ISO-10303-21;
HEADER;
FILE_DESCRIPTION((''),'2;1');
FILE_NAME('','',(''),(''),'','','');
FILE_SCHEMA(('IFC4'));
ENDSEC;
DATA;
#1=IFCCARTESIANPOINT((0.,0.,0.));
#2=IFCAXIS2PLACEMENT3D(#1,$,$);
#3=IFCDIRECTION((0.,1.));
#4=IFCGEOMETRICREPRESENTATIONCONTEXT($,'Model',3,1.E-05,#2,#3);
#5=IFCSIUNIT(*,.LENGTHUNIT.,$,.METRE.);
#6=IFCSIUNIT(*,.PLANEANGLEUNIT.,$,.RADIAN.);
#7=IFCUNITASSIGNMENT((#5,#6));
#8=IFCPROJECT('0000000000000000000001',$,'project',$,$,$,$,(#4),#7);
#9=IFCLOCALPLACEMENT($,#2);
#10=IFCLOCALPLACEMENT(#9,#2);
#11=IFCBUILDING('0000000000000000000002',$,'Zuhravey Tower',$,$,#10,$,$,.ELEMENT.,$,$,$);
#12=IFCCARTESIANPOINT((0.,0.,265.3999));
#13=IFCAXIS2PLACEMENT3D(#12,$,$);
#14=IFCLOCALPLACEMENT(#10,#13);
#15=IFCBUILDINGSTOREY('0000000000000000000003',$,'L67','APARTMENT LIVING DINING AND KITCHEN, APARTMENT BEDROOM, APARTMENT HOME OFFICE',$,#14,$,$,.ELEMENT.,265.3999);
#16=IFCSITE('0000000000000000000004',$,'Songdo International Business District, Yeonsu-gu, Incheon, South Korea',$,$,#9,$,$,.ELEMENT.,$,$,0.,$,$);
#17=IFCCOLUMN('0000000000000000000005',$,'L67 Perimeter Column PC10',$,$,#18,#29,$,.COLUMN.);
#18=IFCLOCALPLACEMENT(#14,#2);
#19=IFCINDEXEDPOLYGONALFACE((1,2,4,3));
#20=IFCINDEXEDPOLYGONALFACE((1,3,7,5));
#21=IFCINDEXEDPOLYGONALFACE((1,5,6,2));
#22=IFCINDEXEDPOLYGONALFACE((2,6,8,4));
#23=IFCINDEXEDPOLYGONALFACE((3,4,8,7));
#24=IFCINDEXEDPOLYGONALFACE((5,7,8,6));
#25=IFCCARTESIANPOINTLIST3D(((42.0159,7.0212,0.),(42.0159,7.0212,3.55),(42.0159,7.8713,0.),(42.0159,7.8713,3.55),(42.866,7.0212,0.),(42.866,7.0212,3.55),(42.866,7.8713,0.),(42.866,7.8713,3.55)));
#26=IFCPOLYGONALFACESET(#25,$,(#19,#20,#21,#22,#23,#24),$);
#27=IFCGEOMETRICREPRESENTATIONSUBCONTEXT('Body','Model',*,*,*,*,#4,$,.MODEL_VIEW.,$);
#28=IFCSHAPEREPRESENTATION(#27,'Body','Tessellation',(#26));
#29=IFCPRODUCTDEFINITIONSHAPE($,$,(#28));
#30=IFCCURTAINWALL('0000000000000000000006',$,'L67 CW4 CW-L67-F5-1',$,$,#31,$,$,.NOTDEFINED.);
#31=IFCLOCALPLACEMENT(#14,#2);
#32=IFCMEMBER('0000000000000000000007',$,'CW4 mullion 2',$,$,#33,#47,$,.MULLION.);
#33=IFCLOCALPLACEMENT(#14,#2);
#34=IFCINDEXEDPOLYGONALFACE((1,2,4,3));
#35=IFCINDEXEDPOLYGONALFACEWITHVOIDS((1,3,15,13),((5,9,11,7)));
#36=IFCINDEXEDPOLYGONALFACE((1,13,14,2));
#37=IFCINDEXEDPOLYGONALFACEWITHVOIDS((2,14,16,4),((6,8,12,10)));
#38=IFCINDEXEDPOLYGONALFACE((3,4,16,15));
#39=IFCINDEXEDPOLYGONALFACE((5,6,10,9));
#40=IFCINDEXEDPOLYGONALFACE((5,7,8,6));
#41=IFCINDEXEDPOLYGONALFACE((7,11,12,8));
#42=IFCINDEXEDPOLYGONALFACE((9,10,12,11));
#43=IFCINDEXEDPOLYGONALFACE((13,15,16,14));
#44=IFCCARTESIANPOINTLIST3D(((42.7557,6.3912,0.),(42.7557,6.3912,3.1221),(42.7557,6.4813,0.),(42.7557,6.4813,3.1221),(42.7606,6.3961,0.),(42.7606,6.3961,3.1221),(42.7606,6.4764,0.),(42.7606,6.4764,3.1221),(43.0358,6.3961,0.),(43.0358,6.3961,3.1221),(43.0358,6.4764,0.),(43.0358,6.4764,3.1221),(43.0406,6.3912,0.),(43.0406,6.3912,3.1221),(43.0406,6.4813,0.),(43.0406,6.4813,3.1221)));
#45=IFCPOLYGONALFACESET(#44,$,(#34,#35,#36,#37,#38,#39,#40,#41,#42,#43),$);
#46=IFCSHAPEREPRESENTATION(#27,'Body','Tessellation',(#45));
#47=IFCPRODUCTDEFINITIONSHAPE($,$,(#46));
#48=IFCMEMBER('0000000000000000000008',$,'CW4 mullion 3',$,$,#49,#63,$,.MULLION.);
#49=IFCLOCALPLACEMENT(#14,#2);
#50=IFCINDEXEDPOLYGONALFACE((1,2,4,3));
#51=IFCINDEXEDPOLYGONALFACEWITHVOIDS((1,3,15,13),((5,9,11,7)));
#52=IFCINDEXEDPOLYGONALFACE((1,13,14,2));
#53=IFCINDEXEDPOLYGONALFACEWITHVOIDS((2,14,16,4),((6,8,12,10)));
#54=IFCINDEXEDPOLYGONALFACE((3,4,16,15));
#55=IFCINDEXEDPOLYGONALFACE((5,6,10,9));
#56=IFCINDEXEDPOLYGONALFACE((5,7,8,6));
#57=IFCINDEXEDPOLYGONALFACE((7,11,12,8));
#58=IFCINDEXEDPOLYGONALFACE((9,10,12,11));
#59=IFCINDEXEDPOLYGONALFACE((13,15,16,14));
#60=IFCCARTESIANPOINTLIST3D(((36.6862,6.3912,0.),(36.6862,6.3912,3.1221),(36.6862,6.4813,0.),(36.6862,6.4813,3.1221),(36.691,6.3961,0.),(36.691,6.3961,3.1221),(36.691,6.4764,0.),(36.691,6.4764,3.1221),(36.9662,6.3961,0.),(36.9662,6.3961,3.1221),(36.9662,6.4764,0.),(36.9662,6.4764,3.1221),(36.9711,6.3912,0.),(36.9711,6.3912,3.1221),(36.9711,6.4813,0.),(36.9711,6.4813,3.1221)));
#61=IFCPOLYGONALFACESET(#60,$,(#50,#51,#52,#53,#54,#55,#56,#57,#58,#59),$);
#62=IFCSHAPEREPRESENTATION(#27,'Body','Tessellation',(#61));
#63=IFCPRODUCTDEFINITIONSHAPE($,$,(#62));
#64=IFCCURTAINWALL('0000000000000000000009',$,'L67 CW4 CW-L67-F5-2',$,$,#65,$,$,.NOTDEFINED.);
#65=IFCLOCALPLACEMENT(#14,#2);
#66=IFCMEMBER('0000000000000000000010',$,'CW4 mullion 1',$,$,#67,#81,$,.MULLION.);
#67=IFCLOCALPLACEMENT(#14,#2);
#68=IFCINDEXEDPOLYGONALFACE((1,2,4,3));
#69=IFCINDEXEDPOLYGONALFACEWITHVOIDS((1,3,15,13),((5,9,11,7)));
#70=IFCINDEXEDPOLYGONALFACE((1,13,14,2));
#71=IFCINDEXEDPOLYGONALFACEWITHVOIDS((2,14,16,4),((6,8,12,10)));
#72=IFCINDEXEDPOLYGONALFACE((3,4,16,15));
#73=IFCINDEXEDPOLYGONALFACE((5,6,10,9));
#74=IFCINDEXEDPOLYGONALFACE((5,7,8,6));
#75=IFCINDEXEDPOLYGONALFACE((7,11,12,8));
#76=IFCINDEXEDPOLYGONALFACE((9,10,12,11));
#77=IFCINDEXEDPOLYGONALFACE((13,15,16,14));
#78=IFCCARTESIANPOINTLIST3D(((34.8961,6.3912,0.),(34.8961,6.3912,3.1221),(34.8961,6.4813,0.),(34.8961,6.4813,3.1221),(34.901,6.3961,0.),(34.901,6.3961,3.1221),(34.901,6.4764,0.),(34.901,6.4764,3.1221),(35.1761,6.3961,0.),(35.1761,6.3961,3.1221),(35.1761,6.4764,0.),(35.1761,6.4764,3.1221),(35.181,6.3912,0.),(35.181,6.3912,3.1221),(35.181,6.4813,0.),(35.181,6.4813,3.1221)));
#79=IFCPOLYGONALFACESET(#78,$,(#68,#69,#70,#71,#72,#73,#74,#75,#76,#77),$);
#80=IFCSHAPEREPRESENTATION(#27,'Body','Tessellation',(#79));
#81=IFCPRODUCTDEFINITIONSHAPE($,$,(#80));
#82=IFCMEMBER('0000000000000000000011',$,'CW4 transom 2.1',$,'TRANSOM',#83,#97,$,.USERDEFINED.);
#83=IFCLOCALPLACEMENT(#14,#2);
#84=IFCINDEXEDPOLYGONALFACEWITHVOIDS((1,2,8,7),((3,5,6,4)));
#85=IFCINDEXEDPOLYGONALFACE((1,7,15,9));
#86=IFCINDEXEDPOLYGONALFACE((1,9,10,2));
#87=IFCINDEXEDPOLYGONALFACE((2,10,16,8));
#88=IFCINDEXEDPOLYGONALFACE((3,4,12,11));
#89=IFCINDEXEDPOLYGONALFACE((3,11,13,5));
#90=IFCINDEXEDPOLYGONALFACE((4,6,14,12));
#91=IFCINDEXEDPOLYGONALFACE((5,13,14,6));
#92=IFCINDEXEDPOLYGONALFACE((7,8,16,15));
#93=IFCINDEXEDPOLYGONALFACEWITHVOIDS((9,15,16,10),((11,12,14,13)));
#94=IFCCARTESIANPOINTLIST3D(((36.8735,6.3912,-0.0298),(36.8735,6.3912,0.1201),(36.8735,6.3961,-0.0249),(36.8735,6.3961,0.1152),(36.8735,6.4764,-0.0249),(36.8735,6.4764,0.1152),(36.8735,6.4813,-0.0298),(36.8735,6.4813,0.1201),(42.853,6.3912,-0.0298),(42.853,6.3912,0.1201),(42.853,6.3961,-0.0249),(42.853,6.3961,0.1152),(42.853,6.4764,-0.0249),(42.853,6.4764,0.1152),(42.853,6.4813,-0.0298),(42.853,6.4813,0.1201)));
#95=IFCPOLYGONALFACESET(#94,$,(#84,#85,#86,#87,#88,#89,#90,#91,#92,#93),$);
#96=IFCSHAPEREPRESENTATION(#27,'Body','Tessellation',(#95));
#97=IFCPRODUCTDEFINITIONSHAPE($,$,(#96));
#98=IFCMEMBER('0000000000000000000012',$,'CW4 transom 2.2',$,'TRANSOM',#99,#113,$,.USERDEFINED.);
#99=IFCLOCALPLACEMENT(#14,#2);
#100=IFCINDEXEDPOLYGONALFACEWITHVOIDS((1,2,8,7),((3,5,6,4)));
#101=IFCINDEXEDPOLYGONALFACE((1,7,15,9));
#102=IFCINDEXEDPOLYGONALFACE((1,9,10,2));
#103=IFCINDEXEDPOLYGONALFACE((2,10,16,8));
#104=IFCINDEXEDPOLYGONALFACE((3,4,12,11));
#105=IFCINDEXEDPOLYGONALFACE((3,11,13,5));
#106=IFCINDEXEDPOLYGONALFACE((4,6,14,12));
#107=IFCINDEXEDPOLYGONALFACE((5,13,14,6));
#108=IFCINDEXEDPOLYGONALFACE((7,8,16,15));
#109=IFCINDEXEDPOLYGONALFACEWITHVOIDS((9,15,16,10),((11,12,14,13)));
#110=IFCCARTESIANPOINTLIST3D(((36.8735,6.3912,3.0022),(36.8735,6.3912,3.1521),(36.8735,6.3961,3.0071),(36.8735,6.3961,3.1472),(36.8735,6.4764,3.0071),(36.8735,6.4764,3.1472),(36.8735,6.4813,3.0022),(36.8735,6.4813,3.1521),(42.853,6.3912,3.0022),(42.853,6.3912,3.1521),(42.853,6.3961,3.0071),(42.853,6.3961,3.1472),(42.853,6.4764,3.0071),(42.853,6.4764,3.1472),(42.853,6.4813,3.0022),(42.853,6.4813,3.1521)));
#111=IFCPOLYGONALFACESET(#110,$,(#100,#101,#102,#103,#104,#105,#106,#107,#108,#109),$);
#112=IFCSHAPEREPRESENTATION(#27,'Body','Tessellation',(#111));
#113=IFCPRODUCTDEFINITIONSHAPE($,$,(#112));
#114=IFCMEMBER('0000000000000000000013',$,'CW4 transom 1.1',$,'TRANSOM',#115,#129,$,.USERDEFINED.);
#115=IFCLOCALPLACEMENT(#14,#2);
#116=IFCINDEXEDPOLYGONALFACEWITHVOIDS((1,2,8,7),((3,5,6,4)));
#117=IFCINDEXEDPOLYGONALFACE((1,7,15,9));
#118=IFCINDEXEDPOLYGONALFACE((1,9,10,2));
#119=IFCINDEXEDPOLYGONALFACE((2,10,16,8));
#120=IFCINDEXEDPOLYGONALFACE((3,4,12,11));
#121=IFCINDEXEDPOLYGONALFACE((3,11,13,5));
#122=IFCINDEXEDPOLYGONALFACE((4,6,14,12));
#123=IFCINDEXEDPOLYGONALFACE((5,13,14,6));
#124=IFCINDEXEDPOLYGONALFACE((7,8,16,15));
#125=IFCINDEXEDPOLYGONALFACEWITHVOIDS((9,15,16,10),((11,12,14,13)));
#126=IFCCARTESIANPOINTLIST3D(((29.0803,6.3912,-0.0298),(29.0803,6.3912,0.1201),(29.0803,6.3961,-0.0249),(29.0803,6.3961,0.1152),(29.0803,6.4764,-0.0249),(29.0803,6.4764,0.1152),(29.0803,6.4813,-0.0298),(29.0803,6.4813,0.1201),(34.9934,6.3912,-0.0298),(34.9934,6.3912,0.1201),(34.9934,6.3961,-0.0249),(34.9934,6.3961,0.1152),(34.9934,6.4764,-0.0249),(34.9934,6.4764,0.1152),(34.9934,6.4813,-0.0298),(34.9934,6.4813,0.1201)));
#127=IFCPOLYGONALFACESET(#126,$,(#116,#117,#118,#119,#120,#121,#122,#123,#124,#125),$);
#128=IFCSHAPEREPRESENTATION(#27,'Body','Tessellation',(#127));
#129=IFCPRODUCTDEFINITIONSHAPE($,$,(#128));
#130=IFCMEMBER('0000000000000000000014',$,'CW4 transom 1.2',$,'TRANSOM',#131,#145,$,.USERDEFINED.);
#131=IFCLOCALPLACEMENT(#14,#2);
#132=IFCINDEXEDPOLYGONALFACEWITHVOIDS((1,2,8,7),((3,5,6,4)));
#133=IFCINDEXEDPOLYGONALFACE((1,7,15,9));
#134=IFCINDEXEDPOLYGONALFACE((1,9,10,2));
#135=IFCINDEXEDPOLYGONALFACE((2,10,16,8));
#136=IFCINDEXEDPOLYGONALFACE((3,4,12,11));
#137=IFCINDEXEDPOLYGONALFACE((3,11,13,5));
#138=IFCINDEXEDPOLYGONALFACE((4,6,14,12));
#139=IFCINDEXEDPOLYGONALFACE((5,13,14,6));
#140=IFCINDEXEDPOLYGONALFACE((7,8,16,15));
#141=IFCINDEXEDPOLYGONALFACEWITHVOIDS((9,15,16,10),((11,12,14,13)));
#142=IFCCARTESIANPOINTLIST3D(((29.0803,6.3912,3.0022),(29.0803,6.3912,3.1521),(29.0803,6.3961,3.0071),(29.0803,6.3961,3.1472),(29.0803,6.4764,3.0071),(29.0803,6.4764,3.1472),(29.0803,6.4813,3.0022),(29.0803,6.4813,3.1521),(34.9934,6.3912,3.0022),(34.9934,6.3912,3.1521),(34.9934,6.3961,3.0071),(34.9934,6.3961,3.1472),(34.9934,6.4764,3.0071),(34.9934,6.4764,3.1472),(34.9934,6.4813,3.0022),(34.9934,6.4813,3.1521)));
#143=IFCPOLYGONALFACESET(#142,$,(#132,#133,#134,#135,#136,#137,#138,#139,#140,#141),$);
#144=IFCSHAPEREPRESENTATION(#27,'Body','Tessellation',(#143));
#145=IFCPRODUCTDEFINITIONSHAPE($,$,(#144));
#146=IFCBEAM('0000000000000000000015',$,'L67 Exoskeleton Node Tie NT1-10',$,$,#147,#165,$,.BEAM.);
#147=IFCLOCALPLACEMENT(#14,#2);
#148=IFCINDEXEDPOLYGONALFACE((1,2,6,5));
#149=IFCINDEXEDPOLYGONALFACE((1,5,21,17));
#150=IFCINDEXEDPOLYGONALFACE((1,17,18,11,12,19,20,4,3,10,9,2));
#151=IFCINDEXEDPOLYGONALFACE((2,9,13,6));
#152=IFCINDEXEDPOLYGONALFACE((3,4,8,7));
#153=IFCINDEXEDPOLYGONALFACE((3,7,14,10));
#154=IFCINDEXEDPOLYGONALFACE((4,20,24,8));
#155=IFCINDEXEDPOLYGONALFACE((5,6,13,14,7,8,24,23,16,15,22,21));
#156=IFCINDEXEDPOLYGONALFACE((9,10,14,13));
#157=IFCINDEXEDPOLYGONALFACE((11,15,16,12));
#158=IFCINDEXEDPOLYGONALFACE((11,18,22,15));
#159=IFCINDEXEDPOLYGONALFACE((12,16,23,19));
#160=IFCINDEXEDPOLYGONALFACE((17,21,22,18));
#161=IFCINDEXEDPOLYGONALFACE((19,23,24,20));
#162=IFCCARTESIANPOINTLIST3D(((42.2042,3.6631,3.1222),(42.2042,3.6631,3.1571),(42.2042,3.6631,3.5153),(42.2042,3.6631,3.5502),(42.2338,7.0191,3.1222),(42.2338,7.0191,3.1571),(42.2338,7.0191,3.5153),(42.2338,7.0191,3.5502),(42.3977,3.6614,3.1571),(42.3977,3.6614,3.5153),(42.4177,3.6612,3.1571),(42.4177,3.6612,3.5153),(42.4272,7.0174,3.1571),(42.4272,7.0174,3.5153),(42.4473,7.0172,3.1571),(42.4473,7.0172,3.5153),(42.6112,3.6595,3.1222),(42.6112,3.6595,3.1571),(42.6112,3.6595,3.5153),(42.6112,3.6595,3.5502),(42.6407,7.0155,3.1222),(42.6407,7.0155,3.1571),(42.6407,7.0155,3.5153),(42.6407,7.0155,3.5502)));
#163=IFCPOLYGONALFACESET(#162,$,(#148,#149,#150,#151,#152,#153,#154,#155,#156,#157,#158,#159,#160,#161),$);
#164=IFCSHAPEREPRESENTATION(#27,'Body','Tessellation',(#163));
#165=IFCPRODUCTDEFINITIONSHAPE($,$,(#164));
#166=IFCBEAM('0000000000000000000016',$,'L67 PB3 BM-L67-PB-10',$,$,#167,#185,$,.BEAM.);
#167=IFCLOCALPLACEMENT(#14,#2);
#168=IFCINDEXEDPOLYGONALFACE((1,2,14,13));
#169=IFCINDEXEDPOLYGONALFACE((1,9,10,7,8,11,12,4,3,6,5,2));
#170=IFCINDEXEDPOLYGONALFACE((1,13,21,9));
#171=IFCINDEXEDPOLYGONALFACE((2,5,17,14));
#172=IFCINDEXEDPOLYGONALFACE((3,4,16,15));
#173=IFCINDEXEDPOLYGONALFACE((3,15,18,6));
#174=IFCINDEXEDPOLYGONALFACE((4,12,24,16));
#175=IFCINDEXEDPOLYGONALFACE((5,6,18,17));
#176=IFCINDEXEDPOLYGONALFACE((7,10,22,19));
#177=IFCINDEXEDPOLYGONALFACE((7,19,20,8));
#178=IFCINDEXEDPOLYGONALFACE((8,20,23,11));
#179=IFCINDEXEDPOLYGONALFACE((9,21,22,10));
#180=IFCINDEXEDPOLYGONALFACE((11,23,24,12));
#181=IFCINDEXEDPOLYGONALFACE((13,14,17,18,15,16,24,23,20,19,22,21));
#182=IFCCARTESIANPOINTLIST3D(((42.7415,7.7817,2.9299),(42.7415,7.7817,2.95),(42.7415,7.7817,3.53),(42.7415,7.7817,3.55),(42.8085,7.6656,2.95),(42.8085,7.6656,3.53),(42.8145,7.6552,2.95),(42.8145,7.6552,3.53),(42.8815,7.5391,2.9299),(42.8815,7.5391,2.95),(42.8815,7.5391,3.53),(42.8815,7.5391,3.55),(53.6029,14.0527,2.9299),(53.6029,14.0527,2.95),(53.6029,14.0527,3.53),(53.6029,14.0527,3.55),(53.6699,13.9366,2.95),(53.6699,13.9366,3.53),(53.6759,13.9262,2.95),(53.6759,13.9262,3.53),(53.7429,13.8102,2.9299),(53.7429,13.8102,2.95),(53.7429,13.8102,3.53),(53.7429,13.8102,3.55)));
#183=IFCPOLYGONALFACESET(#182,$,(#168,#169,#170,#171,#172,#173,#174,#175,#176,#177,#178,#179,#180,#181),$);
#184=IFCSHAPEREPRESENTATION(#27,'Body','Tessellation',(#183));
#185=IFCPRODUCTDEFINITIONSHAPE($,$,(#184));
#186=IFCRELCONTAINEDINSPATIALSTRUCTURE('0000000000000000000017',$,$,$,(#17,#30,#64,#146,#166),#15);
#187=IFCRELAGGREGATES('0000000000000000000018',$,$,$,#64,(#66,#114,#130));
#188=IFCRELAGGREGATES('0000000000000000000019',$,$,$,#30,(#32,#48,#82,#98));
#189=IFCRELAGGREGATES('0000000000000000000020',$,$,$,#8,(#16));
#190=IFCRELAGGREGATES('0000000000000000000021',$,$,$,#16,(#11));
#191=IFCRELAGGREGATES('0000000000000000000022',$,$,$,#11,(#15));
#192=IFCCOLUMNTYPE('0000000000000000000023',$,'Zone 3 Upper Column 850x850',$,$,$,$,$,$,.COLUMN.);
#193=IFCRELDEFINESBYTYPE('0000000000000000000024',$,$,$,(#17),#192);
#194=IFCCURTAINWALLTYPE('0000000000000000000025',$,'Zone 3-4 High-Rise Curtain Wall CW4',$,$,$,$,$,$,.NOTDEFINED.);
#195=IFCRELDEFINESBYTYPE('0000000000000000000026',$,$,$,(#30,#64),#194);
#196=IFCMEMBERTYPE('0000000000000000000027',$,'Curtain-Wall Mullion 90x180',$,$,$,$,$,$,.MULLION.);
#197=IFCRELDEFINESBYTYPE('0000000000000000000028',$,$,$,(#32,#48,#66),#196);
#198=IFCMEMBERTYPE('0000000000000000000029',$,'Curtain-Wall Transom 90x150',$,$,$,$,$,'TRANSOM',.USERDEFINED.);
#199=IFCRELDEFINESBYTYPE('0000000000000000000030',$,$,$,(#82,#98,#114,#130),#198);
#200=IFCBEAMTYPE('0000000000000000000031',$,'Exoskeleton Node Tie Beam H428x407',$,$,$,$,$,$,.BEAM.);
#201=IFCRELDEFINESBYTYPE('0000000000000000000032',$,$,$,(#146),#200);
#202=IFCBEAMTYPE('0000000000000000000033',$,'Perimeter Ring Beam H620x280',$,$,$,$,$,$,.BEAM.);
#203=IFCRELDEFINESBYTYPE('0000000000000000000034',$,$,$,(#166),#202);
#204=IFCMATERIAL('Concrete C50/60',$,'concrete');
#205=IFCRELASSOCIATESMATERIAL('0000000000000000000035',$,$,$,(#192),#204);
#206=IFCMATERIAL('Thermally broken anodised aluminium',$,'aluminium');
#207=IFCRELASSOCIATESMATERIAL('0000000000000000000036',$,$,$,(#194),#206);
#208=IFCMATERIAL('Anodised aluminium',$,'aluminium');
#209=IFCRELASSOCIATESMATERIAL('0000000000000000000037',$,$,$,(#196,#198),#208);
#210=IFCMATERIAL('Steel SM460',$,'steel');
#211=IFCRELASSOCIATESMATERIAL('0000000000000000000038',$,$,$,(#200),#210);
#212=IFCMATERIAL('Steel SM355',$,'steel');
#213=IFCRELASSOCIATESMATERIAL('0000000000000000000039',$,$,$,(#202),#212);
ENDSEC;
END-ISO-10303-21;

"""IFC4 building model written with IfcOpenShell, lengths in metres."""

from ifc_helpers import new_model, si_unit, direction, frame, origin, origin_2d, place, context, subcontext, project, spatial, rectangle, hollow_rectangle, i_section, extrude, material, material_profile, profile_set, type_object, element, aggregate, save


model = new_model("IFC4")

# Units and contexts
model_context = context("Model", 3, precision=1e-05, world=origin(), true_north=direction((0.0, 1.0)))
body_context = subcontext(model_context, "Body", "Model", "MODEL_VIEW")
ifc_project = project(units=[si_unit("LENGTHUNIT", "METRE"), si_unit("PLANEANGLEUNIT", "RADIAN")], contexts=[model_context])

# Site, building, storey
site_placement = place(None, origin())
site = spatial("IfcSite", under=ifc_project, at=site_placement, Name="Songdo International Business District, Yeonsu-gu, Incheon, South Korea", CompositionType="ELEMENT", RefElevation=0.0)
building_placement = place(site_placement, origin())
building = spatial("IfcBuilding", under=site, at=building_placement, Name="Zuhravey Tower", CompositionType="ELEMENT")
storey_placement = place(building_placement, frame((0.0, 0.0, 265.3999)))
storey = spatial("IfcBuildingStorey", under=building, at=storey_placement, Name="L67", Description="APARTMENT LIVING DINING AND KITCHEN, APARTMENT BEDROOM, APARTMENT HOME OFFICE", CompositionType="ELEMENT", Elevation=265.3999)

# Column
ifc_material_1 = material(Name="Concrete C50/60", Category="concrete")
ifc_material_profile_1 = material_profile(ifc_material_1, rectangle(XDim=0.8501, YDim=0.8501, at=origin_2d()), Name="RC-850x850")
ifc_profile_set_1 = profile_set([ifc_material_profile_1], Name="Concrete C50/60")
column_type = type_object("IfcColumnType", Name="Zone 3 Upper Column 850x850", PredefinedType="COLUMN", material=ifc_profile_set_1)
column_placement = place(storey_placement, frame((42.4409, 7.4463, 0.0), z_axis=(0.0, 0.0, 1.0), x_axis=(1.0, 0.0, 0.0)))
element("IfcColumn", 1, at=column_placement, inside=storey, type_object=column_type, Name="L67 Perimeter Column PC10", PredefinedType="COLUMN", context=body_context, shape_type="SweptSolid", body=[
    extrude(rectangle(XDim=0.8501, YDim=0.8501, at=origin_2d()), origin(), (0.0, 0.0, 1.0), 3.55),
])

# Curtain wall, members
ifc_material_2 = material(Name="Thermally broken anodised aluminium", Category="aluminium")
curtain_wall_type = type_object("IfcCurtainWallType", Name="Zone 3-4 High-Rise Curtain Wall CW4", PredefinedType="NOTDEFINED", material=ifc_material_2)
curtain_wall_1_placement = place(storey_placement, origin())
curtain_wall_1 = element("IfcCurtainWall", 2, at=curtain_wall_1_placement, inside=storey, type_object=curtain_wall_type, Name="L67 CW4 CW-L67-F5-1", PredefinedType="NOTDEFINED")
ifc_material_3 = material(Name="Anodised aluminium", Category="aluminium")
ifc_material_profile_2 = material_profile(ifc_material_3, hollow_rectangle(XDim=0.0901, YDim=0.2849, WallThickness=0.0049, at=origin_2d()), Name="ALU-RHS-90x285x5")
ifc_profile_set_2 = profile_set([ifc_material_profile_2], Name="Anodised aluminium")
member_type_1 = type_object("IfcMemberType", Name="Curtain-Wall Mullion 90x180", PredefinedType="MULLION", material=ifc_profile_set_2)
member_1_placement = place(storey_placement, frame((42.8982, 6.4363, 0.0), z_axis=(0.0, 0.0, 1.0), x_axis=(0.0, -1.0, 0.0)))
member_1 = element("IfcMember", 3, at=member_1_placement, type_object=member_type_1, Name="CW4 mullion 2", PredefinedType="MULLION", context=body_context, shape_type="SweptSolid", body=[
    extrude(hollow_rectangle(XDim=0.0901, YDim=0.2849, WallThickness=0.0049, at=origin_2d()), origin(), (0.0, 0.0, 1.0), 3.1221),
])
member_2_placement = place(storey_placement, frame((36.8286, 6.4363, 0.0), z_axis=(0.0, 0.0, 1.0), x_axis=(0.0, -1.0, 0.0)))
member_2 = element("IfcMember", 4, at=member_2_placement, type_object=member_type_1, Name="CW4 mullion 3", PredefinedType="MULLION", context=body_context, shape_type="SweptSolid", body=[
    extrude(hollow_rectangle(XDim=0.0901, YDim=0.2849, WallThickness=0.0049, at=origin_2d()), origin(), (0.0, 0.0, 1.0), 3.1221),
])

# Curtain wall, member
curtain_wall_2_placement = place(storey_placement, origin())
curtain_wall_2 = element("IfcCurtainWall", 5, at=curtain_wall_2_placement, inside=storey, type_object=curtain_wall_type, Name="L67 CW4 CW-L67-F5-2", PredefinedType="NOTDEFINED")
member_3_placement = place(storey_placement, frame((35.0386, 6.4363, 0.0), z_axis=(0.0, 0.0, 1.0), x_axis=(0.0, -1.0, 0.0)))
member_3 = element("IfcMember", 6, at=member_3_placement, type_object=member_type_1, Name="CW4 mullion 1", PredefinedType="MULLION", context=body_context, shape_type="SweptSolid", body=[
    extrude(hollow_rectangle(XDim=0.0901, YDim=0.2849, WallThickness=0.0049, at=origin_2d()), origin(), (0.0, 0.0, 1.0), 3.1221),
])

# Members
ifc_material_profile_3 = material_profile(ifc_material_3, hollow_rectangle(XDim=0.0901, YDim=0.1499, WallThickness=0.0049, at=origin_2d()), Name="ALU-RHS-90x150x5")
ifc_profile_set_3 = profile_set([ifc_material_profile_3], Name="Anodised aluminium")
member_type_2 = type_object("IfcMemberType", Name="Curtain-Wall Transom 90x150", ElementType="TRANSOM", PredefinedType="USERDEFINED", material=ifc_profile_set_3)
member_4_placement = place(storey_placement, frame((42.853, 6.4363, 0.0452), z_axis=(-1.0, 0.0, 0.0), x_axis=(0.0, -1.0, 0.0)))
member_4 = element("IfcMember", 7, at=member_4_placement, type_object=member_type_2, Name="CW4 transom 2.1", ObjectType="TRANSOM", PredefinedType="USERDEFINED", context=body_context, shape_type="SweptSolid", body=[
    extrude(hollow_rectangle(XDim=0.0901, YDim=0.1499, WallThickness=0.0049, at=origin_2d()), origin(), (0.0, 0.0, 1.0), 5.9795),
])
member_5_placement = place(storey_placement, frame((42.853, 6.4363, 3.0771), z_axis=(-1.0, 0.0, 0.0), x_axis=(0.0, -1.0, 0.0)))
member_5 = element("IfcMember", 8, at=member_5_placement, type_object=member_type_2, Name="CW4 transom 2.2", ObjectType="TRANSOM", PredefinedType="USERDEFINED", context=body_context, shape_type="SweptSolid", body=[
    extrude(hollow_rectangle(XDim=0.0901, YDim=0.1499, WallThickness=0.0049, at=origin_2d()), origin(), (0.0, 0.0, 1.0), 5.9795),
])
member_6_placement = place(storey_placement, frame((34.9934, 6.4363, 0.0452), z_axis=(-1.0, 0.0, 0.0), x_axis=(0.0, -1.0, 0.0)))
member_6 = element("IfcMember", 9, at=member_6_placement, type_object=member_type_2, Name="CW4 transom 1.1", ObjectType="TRANSOM", PredefinedType="USERDEFINED", context=body_context, shape_type="SweptSolid", body=[
    extrude(hollow_rectangle(XDim=0.0901, YDim=0.1499, WallThickness=0.0049, at=origin_2d()), origin(), (0.0, 0.0, 1.0), 5.9131),
])
member_7_placement = place(storey_placement, frame((34.9934, 6.4363, 3.0771), z_axis=(-1.0, 0.0, 0.0), x_axis=(0.0, -1.0, 0.0)))
member_7 = element("IfcMember", 10, at=member_7_placement, type_object=member_type_2, Name="CW4 transom 1.2", ObjectType="TRANSOM", PredefinedType="USERDEFINED", context=body_context, shape_type="SweptSolid", body=[
    extrude(hollow_rectangle(XDim=0.0901, YDim=0.1499, WallThickness=0.0049, at=origin_2d()), origin(), (0.0, 0.0, 1.0), 5.9131),
])
aggregate(curtain_wall_2, [member_3, member_6, member_7])

# Beams
ifc_material_4 = material(Name="Steel SM460", Category="steel")
ifc_material_profile_4 = material_profile(ifc_material_4, i_section(OverallWidth=0.407, OverallDepth=0.428, WebThickness=0.02, FlangeThickness=0.0349, at=origin_2d()), Name="H-428x407x20x35")
ifc_profile_set_4 = profile_set([ifc_material_profile_4], Name="Steel SM460")
beam_type_1 = type_object("IfcBeamType", Name="Exoskeleton Node Tie Beam H428x407", PredefinedType="BEAM", material=ifc_profile_set_4)
beam_1_placement = place(storey_placement, frame((42.4373, 7.0173, 3.3362), z_axis=(-0.008802, -0.999961, 0.0), x_axis=(0.999961, -0.008802, 0.0)))
element("IfcBeam", 11, at=beam_1_placement, inside=storey, type_object=beam_type_1, Name="L67 Exoskeleton Node Tie NT1-10", PredefinedType="BEAM", context=body_context, shape_type="SweptSolid", body=[
    extrude(i_section(OverallWidth=0.407, OverallDepth=0.428, WebThickness=0.02, FlangeThickness=0.0349, at=origin_2d()), origin(), (0.0, 0.0, 1.0), 3.3562),
])
ifc_material_5 = material(Name="Steel SM355", Category="steel")
ifc_material_profile_5 = material_profile(ifc_material_5, i_section(OverallWidth=0.28, OverallDepth=0.6201, WebThickness=0.012, FlangeThickness=0.02, at=origin_2d()), Name="H-620x280x12x20")
ifc_profile_set_5 = profile_set([ifc_material_profile_5], Name="Steel SM355")
beam_type_2 = type_object("IfcBeamType", Name="Perimeter Ring Beam H620x280", PredefinedType="BEAM", material=ifc_profile_set_5)
beam_2_placement = place(storey_placement, frame((42.8115, 7.6604, 3.24), z_axis=(0.866018, 0.500012, 0.0), x_axis=(-0.500012, 0.866018, 0.0)))
element("IfcBeam", 12, at=beam_2_placement, inside=storey, type_object=beam_type_2, Name="L67 PB3 BM-L67-PB-10", PredefinedType="BEAM", context=body_context, shape_type="SweptSolid", body=[
    extrude(i_section(OverallWidth=0.28, OverallDepth=0.6201, WebThickness=0.012, FlangeThickness=0.02, at=origin_2d()), origin(), (0.0, 0.0, 1.0), 12.5417),
])

aggregate(curtain_wall_1, [member_1, member_2, member_4, member_5])

save(model, "model.ifc")
